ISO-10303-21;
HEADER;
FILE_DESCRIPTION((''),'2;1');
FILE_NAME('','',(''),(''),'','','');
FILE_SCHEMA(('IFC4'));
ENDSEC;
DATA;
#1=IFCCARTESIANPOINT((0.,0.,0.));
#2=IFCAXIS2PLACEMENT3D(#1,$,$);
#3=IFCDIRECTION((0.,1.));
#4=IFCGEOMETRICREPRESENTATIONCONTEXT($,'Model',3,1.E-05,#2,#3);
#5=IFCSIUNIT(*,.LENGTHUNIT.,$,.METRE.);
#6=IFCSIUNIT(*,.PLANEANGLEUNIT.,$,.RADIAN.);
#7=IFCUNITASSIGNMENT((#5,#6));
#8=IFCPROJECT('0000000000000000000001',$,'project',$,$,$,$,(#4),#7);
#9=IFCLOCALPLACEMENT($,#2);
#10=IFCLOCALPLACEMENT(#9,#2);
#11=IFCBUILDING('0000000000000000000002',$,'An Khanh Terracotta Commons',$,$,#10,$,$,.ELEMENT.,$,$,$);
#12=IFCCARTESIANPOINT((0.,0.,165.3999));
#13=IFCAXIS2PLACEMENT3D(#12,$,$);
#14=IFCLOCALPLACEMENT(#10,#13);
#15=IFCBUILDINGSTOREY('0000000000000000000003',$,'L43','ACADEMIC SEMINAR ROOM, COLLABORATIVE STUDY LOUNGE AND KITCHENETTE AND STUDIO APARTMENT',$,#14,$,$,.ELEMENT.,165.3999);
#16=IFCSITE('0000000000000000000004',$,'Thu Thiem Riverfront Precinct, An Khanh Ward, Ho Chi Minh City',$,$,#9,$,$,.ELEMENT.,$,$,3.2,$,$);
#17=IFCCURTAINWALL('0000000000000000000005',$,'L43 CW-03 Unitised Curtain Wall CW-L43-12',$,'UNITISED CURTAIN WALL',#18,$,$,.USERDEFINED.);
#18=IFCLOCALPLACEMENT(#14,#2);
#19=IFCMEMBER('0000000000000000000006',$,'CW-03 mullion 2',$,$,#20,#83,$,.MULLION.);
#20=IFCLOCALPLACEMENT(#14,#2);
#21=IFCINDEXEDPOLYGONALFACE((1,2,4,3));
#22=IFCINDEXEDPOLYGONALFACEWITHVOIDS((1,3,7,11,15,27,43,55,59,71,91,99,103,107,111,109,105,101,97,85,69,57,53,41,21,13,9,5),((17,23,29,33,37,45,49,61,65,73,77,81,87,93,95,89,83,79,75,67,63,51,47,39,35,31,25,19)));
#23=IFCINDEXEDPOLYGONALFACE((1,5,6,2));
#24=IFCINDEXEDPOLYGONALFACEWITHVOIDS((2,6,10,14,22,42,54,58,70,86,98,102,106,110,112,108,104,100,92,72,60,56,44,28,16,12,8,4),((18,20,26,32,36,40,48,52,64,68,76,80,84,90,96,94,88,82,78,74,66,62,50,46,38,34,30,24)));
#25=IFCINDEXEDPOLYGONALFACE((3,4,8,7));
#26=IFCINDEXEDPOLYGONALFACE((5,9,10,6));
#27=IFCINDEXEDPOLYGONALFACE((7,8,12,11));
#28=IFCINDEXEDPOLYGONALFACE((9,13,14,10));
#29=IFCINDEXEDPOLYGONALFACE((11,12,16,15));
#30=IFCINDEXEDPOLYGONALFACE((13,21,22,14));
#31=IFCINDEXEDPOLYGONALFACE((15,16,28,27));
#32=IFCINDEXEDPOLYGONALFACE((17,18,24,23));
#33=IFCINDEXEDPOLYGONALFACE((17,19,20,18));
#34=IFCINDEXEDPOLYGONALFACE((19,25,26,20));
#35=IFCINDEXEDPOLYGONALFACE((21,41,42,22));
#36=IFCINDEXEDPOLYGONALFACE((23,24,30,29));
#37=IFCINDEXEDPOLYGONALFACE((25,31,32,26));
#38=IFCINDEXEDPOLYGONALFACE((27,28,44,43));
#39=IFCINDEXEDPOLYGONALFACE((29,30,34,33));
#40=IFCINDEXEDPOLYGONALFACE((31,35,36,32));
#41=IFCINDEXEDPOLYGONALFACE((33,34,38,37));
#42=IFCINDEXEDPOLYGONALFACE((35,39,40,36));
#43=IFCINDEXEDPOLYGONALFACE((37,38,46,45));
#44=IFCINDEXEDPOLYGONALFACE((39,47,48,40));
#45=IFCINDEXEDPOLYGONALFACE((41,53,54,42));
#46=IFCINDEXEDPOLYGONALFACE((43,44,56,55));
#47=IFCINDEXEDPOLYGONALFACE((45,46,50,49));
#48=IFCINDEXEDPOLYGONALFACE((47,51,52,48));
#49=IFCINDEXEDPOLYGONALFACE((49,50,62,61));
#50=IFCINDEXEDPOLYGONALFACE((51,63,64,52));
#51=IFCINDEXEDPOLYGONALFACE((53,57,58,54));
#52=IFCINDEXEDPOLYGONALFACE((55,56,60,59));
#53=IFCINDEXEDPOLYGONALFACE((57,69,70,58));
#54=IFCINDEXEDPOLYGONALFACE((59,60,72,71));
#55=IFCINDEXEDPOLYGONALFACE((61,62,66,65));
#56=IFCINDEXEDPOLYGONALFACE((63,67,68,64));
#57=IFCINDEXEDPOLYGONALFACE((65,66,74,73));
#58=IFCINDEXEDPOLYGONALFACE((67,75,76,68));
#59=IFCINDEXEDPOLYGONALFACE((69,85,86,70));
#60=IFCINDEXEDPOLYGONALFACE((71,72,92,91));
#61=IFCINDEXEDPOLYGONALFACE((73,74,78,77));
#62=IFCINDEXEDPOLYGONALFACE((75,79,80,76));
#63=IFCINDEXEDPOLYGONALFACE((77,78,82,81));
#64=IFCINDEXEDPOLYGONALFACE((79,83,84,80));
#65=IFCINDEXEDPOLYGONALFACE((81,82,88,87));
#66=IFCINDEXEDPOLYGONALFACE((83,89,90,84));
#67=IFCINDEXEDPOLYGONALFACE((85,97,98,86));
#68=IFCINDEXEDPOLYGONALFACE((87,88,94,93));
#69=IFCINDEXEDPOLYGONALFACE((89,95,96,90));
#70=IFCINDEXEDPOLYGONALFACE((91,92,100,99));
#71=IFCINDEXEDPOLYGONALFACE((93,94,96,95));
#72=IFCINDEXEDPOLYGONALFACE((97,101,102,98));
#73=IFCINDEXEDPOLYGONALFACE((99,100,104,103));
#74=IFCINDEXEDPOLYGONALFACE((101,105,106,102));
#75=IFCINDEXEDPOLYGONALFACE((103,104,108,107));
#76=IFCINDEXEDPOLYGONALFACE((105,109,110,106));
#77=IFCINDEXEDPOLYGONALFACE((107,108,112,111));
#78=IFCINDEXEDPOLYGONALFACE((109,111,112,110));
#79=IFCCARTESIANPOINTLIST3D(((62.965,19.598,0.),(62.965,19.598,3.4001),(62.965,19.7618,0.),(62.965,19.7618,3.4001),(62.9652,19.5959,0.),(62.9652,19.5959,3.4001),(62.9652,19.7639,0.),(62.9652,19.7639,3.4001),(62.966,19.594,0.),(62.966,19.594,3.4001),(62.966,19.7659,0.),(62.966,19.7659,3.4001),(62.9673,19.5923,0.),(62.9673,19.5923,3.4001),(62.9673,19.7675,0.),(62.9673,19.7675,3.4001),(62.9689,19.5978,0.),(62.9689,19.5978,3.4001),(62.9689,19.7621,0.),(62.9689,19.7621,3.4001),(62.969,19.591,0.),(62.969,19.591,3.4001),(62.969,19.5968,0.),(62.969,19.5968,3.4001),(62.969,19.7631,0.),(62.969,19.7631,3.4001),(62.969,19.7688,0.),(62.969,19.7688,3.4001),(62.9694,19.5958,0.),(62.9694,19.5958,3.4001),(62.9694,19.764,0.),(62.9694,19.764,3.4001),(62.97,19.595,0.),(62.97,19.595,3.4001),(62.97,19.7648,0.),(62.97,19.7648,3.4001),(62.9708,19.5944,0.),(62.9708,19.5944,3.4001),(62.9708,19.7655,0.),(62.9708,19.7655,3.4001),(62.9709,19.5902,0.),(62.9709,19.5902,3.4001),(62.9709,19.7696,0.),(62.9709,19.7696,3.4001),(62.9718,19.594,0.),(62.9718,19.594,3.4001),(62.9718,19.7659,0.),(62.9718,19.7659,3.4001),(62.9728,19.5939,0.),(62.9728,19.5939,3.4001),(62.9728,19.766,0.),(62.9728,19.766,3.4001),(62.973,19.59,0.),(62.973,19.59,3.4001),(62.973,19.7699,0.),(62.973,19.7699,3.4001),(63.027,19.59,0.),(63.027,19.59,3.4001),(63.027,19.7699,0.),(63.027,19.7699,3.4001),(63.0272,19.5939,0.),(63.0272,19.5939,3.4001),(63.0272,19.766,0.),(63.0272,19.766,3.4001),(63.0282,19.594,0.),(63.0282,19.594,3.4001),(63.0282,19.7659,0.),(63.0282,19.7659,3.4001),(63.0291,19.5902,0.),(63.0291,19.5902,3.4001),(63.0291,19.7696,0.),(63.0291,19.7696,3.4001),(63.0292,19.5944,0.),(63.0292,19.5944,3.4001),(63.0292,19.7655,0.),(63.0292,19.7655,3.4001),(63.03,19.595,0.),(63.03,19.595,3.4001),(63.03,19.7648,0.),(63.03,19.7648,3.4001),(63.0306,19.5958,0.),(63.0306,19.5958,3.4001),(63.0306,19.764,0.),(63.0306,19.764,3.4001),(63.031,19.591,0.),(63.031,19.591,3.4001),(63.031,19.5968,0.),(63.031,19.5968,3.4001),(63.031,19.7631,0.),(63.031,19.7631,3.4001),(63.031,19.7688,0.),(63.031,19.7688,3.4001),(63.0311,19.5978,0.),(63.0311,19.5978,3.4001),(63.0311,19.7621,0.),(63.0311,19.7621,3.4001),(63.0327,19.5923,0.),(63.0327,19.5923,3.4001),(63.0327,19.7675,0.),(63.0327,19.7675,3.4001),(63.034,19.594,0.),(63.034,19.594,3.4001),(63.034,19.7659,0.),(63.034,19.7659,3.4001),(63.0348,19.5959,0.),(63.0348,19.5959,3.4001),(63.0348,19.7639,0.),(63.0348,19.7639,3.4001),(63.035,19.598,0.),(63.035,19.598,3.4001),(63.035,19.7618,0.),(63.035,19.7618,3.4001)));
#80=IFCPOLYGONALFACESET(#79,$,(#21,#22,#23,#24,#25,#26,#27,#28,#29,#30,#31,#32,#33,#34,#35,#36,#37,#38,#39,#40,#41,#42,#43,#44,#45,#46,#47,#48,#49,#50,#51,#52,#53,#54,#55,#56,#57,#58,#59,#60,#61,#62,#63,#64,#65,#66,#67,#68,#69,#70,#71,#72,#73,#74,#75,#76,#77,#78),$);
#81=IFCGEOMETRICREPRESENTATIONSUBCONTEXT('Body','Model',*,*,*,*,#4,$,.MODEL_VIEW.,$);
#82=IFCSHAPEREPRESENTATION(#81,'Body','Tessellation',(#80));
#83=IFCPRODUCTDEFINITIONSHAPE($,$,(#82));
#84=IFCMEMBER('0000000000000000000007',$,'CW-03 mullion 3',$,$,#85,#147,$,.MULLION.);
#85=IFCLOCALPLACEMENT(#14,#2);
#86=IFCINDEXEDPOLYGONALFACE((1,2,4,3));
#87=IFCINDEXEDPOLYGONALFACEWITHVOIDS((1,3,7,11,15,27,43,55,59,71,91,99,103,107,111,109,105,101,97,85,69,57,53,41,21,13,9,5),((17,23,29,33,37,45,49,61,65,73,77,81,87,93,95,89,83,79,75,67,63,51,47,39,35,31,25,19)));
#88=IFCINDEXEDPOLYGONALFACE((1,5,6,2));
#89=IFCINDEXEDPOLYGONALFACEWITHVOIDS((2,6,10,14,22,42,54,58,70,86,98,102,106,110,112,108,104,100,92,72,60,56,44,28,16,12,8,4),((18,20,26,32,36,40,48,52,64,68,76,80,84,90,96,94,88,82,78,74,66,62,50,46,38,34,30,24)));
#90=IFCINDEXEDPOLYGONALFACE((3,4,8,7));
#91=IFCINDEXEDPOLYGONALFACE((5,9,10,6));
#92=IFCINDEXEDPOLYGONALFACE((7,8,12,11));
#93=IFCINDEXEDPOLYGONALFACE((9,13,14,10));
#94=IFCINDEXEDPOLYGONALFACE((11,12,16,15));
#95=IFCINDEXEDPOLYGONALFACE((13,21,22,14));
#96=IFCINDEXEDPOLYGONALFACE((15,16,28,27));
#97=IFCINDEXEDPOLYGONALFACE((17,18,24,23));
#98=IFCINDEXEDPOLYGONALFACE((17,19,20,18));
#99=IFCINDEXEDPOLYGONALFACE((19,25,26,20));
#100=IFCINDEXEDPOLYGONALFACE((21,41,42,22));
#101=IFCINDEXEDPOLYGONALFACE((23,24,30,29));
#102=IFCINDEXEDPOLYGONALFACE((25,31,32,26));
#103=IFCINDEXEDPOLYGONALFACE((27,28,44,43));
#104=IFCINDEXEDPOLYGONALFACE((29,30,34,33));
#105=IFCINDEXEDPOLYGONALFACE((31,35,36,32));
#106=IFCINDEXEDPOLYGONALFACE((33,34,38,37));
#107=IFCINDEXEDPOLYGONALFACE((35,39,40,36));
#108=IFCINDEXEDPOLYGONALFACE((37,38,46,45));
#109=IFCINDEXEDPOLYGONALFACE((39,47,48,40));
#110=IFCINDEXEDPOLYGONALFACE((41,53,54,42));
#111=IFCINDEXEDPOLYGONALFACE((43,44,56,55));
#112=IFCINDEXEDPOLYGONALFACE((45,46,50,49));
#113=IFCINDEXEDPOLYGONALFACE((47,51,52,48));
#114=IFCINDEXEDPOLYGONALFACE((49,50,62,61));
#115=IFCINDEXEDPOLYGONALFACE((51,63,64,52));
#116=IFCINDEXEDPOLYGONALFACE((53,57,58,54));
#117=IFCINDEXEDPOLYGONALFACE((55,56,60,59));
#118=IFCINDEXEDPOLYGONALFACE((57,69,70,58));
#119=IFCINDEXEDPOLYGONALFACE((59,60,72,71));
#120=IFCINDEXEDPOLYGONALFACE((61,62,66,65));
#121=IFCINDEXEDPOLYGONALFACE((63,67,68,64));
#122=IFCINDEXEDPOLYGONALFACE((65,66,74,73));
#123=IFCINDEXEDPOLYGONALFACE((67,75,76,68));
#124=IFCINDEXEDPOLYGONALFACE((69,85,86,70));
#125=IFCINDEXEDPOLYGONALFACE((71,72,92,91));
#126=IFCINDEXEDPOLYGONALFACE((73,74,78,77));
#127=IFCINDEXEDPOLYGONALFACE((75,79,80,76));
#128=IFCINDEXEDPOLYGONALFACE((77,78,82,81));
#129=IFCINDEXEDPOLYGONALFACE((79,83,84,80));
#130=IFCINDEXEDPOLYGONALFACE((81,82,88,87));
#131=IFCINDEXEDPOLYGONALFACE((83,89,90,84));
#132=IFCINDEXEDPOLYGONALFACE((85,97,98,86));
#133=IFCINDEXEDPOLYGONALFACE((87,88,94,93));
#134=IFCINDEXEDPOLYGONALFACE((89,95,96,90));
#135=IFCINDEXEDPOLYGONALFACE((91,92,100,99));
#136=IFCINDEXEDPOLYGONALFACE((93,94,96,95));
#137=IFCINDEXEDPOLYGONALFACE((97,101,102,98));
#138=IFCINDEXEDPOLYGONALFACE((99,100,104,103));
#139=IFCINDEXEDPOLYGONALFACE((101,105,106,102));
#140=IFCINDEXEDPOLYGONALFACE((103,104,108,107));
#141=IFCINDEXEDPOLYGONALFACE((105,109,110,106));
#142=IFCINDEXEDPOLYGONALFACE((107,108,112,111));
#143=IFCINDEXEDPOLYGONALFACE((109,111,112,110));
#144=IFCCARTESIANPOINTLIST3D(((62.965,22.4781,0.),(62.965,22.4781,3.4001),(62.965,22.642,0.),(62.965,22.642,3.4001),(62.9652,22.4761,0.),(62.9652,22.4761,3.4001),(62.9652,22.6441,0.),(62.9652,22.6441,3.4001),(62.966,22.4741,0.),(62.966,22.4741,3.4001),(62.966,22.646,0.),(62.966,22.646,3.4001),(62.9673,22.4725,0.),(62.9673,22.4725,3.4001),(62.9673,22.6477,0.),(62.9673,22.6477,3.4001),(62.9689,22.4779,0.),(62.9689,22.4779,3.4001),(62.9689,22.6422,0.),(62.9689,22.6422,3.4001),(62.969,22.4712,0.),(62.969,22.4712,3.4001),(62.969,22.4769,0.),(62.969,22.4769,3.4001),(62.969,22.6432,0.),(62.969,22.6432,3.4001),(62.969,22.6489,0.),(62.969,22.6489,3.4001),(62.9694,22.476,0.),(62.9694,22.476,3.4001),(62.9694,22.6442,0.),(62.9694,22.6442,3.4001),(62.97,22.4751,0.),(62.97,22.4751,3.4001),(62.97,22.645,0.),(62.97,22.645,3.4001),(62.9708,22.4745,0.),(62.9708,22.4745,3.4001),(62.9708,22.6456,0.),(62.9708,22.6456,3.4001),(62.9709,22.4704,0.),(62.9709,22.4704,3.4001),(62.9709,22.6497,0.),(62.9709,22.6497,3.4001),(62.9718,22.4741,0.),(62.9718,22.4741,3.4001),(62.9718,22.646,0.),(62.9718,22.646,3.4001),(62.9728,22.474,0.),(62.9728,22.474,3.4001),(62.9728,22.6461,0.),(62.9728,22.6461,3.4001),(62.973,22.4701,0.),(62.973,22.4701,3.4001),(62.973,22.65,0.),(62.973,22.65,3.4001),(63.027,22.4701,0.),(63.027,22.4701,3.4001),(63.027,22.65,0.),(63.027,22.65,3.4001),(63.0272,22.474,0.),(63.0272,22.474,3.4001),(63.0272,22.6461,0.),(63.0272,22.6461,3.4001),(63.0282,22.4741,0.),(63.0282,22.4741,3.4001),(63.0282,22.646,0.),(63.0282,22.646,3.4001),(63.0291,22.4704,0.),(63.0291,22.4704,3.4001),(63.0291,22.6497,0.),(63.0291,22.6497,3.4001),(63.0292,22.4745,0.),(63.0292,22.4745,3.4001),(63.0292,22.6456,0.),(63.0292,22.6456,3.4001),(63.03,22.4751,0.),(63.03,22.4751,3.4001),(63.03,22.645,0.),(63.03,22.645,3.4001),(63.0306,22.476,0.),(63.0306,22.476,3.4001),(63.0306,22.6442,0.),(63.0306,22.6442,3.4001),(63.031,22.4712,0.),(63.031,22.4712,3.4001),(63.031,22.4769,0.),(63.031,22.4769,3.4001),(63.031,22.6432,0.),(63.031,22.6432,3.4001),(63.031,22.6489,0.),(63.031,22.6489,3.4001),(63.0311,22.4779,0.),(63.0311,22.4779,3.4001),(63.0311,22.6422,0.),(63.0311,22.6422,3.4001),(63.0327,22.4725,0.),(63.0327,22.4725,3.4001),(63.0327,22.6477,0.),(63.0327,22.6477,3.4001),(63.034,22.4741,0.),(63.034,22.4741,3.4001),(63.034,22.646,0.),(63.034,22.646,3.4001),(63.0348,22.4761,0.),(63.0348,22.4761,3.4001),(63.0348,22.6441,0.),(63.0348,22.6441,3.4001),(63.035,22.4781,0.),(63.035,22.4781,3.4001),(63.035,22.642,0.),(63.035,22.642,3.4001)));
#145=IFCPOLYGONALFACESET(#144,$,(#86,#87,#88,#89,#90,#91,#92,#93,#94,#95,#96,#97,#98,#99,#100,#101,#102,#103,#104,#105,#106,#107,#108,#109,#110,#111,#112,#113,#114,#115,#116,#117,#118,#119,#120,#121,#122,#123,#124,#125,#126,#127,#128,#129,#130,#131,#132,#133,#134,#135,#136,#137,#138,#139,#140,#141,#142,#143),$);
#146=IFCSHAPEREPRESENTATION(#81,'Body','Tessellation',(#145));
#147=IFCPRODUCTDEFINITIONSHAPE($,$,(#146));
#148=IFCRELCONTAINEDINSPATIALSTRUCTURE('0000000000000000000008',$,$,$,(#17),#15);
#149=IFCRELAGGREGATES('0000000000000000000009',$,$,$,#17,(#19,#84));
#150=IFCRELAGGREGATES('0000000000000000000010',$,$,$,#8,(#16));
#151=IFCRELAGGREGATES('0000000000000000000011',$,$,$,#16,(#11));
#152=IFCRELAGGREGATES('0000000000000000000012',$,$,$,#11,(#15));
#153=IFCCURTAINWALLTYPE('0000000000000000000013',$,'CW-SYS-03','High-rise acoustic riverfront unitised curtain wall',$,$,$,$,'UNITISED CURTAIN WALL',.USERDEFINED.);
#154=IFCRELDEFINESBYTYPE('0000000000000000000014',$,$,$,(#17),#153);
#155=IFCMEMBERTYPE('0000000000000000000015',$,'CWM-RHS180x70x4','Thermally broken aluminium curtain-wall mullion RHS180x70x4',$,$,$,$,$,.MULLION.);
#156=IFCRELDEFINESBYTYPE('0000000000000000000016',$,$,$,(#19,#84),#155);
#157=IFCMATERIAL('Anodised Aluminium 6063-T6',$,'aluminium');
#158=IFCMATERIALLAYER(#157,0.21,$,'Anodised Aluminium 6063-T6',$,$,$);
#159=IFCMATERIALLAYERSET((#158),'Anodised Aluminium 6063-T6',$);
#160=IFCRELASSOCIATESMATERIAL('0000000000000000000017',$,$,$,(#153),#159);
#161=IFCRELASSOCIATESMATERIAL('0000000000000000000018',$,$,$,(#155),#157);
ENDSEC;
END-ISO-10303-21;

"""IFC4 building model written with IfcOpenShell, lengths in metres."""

from ifc_helpers import new_model, si_unit, direction, frame, origin, origin_2d, place, context, subcontext, project, spatial, hollow_rectangle, extrude, material, layer, layer_set, material_profile, profile_set, type_object, element, aggregate, save


model = new_model("IFC4")

# Units and contexts
model_context = context("Model", 3, precision=1e-05, world=origin(), true_north=direction((0.0, 1.0)))
body_context = subcontext(model_context, "Body", "Model", "MODEL_VIEW")
ifc_project = project(units=[si_unit("LENGTHUNIT", "METRE"), si_unit("PLANEANGLEUNIT", "RADIAN")], contexts=[model_context])

# Site, building, storey
site_placement = place(None, origin())
site = spatial("IfcSite", under=ifc_project, at=site_placement, Name="Thu Thiem Riverfront Precinct, An Khanh Ward, Ho Chi Minh City", CompositionType="ELEMENT", RefElevation=3.2)
building_placement = place(site_placement, origin())
building = spatial("IfcBuilding", under=site, at=building_placement, Name="An Khanh Terracotta Commons", CompositionType="ELEMENT")
storey_placement = place(building_placement, frame((0.0, 0.0, 165.3999)))
storey = spatial("IfcBuildingStorey", under=building, at=storey_placement, Name="L43", Description="ACADEMIC SEMINAR ROOM, COLLABORATIVE STUDY LOUNGE AND KITCHENETTE AND STUDIO APARTMENT", CompositionType="ELEMENT", Elevation=165.3999)

# Curtain wall, members
ifc_material_1 = material(Name="Anodised Aluminium 6063-T6", Category="aluminium")
ifc_layer_1 = layer(ifc_material_1, 0.21, Name="Anodised Aluminium 6063-T6")
ifc_layer_set_1 = layer_set([ifc_layer_1], Name="Anodised Aluminium 6063-T6")
curtain_wall_type = type_object("IfcCurtainWallType", Name="CW-SYS-03", Description="High-rise acoustic riverfront unitised curtain wall", ElementType="UNITISED CURTAIN WALL", PredefinedType="USERDEFINED", material=ifc_layer_set_1)
ifc_material_profile_1 = material_profile(ifc_material_1, hollow_rectangle(XDim=0.0701, YDim=0.1799, WallThickness=0.0039, InnerFilletRadius=0.0039, OuterFilletRadius=0.0081, at=origin_2d()), Name="RHS180x70x4")
ifc_profile_set_1 = profile_set([ifc_material_profile_1], Name="Anodised Aluminium 6063-T6")
member_type_1 = type_object("IfcMemberType", Name="CWM-RHS180x70x4", Description="Thermally broken aluminium curtain-wall mullion RHS180x70x4", PredefinedType="MULLION", material=ifc_profile_set_1)
curtain_wall_1_placement = place(storey_placement, origin())
curtain_wall_1 = element("IfcCurtainWall", 1, at=curtain_wall_1_placement, inside=storey, type_object=curtain_wall_type, Name="L43 CW-03 Unitised Curtain Wall CW-L43-12", ObjectType="UNITISED CURTAIN WALL", PredefinedType="USERDEFINED")
member_1_placement = place(storey_placement, frame((63.0, 19.6799, 0.0), z_axis=(0.0, 0.0, 1.0), x_axis=(-1.0, 0.0, 0.0)))
member_1 = element("IfcMember", 2, at=member_1_placement, type_object=member_type_1, Name="CW-03 mullion 2", PredefinedType="MULLION", context=body_context, shape_type="SweptSolid", body=[
    extrude(hollow_rectangle(XDim=0.0701, YDim=0.1799, WallThickness=0.0039, InnerFilletRadius=0.0039, OuterFilletRadius=0.0081, at=origin_2d()), origin(), (0.0, 0.0, 1.0), 3.4001),
])
member_2_placement = place(storey_placement, frame((63.0, 22.5601, 0.0), z_axis=(0.0, 0.0, 1.0), x_axis=(-1.0, 0.0, 0.0)))
member_2 = element("IfcMember", 3, at=member_2_placement, type_object=member_type_1, Name="CW-03 mullion 3", PredefinedType="MULLION", context=body_context, shape_type="SweptSolid", body=[
    extrude(hollow_rectangle(XDim=0.0701, YDim=0.1799, WallThickness=0.0039, InnerFilletRadius=0.0039, OuterFilletRadius=0.0081, at=origin_2d()), origin(), (0.0, 0.0, 1.0), 3.4001),
])

aggregate(curtain_wall_1, [member_1, member_2])

save(model, "model.ifc")
